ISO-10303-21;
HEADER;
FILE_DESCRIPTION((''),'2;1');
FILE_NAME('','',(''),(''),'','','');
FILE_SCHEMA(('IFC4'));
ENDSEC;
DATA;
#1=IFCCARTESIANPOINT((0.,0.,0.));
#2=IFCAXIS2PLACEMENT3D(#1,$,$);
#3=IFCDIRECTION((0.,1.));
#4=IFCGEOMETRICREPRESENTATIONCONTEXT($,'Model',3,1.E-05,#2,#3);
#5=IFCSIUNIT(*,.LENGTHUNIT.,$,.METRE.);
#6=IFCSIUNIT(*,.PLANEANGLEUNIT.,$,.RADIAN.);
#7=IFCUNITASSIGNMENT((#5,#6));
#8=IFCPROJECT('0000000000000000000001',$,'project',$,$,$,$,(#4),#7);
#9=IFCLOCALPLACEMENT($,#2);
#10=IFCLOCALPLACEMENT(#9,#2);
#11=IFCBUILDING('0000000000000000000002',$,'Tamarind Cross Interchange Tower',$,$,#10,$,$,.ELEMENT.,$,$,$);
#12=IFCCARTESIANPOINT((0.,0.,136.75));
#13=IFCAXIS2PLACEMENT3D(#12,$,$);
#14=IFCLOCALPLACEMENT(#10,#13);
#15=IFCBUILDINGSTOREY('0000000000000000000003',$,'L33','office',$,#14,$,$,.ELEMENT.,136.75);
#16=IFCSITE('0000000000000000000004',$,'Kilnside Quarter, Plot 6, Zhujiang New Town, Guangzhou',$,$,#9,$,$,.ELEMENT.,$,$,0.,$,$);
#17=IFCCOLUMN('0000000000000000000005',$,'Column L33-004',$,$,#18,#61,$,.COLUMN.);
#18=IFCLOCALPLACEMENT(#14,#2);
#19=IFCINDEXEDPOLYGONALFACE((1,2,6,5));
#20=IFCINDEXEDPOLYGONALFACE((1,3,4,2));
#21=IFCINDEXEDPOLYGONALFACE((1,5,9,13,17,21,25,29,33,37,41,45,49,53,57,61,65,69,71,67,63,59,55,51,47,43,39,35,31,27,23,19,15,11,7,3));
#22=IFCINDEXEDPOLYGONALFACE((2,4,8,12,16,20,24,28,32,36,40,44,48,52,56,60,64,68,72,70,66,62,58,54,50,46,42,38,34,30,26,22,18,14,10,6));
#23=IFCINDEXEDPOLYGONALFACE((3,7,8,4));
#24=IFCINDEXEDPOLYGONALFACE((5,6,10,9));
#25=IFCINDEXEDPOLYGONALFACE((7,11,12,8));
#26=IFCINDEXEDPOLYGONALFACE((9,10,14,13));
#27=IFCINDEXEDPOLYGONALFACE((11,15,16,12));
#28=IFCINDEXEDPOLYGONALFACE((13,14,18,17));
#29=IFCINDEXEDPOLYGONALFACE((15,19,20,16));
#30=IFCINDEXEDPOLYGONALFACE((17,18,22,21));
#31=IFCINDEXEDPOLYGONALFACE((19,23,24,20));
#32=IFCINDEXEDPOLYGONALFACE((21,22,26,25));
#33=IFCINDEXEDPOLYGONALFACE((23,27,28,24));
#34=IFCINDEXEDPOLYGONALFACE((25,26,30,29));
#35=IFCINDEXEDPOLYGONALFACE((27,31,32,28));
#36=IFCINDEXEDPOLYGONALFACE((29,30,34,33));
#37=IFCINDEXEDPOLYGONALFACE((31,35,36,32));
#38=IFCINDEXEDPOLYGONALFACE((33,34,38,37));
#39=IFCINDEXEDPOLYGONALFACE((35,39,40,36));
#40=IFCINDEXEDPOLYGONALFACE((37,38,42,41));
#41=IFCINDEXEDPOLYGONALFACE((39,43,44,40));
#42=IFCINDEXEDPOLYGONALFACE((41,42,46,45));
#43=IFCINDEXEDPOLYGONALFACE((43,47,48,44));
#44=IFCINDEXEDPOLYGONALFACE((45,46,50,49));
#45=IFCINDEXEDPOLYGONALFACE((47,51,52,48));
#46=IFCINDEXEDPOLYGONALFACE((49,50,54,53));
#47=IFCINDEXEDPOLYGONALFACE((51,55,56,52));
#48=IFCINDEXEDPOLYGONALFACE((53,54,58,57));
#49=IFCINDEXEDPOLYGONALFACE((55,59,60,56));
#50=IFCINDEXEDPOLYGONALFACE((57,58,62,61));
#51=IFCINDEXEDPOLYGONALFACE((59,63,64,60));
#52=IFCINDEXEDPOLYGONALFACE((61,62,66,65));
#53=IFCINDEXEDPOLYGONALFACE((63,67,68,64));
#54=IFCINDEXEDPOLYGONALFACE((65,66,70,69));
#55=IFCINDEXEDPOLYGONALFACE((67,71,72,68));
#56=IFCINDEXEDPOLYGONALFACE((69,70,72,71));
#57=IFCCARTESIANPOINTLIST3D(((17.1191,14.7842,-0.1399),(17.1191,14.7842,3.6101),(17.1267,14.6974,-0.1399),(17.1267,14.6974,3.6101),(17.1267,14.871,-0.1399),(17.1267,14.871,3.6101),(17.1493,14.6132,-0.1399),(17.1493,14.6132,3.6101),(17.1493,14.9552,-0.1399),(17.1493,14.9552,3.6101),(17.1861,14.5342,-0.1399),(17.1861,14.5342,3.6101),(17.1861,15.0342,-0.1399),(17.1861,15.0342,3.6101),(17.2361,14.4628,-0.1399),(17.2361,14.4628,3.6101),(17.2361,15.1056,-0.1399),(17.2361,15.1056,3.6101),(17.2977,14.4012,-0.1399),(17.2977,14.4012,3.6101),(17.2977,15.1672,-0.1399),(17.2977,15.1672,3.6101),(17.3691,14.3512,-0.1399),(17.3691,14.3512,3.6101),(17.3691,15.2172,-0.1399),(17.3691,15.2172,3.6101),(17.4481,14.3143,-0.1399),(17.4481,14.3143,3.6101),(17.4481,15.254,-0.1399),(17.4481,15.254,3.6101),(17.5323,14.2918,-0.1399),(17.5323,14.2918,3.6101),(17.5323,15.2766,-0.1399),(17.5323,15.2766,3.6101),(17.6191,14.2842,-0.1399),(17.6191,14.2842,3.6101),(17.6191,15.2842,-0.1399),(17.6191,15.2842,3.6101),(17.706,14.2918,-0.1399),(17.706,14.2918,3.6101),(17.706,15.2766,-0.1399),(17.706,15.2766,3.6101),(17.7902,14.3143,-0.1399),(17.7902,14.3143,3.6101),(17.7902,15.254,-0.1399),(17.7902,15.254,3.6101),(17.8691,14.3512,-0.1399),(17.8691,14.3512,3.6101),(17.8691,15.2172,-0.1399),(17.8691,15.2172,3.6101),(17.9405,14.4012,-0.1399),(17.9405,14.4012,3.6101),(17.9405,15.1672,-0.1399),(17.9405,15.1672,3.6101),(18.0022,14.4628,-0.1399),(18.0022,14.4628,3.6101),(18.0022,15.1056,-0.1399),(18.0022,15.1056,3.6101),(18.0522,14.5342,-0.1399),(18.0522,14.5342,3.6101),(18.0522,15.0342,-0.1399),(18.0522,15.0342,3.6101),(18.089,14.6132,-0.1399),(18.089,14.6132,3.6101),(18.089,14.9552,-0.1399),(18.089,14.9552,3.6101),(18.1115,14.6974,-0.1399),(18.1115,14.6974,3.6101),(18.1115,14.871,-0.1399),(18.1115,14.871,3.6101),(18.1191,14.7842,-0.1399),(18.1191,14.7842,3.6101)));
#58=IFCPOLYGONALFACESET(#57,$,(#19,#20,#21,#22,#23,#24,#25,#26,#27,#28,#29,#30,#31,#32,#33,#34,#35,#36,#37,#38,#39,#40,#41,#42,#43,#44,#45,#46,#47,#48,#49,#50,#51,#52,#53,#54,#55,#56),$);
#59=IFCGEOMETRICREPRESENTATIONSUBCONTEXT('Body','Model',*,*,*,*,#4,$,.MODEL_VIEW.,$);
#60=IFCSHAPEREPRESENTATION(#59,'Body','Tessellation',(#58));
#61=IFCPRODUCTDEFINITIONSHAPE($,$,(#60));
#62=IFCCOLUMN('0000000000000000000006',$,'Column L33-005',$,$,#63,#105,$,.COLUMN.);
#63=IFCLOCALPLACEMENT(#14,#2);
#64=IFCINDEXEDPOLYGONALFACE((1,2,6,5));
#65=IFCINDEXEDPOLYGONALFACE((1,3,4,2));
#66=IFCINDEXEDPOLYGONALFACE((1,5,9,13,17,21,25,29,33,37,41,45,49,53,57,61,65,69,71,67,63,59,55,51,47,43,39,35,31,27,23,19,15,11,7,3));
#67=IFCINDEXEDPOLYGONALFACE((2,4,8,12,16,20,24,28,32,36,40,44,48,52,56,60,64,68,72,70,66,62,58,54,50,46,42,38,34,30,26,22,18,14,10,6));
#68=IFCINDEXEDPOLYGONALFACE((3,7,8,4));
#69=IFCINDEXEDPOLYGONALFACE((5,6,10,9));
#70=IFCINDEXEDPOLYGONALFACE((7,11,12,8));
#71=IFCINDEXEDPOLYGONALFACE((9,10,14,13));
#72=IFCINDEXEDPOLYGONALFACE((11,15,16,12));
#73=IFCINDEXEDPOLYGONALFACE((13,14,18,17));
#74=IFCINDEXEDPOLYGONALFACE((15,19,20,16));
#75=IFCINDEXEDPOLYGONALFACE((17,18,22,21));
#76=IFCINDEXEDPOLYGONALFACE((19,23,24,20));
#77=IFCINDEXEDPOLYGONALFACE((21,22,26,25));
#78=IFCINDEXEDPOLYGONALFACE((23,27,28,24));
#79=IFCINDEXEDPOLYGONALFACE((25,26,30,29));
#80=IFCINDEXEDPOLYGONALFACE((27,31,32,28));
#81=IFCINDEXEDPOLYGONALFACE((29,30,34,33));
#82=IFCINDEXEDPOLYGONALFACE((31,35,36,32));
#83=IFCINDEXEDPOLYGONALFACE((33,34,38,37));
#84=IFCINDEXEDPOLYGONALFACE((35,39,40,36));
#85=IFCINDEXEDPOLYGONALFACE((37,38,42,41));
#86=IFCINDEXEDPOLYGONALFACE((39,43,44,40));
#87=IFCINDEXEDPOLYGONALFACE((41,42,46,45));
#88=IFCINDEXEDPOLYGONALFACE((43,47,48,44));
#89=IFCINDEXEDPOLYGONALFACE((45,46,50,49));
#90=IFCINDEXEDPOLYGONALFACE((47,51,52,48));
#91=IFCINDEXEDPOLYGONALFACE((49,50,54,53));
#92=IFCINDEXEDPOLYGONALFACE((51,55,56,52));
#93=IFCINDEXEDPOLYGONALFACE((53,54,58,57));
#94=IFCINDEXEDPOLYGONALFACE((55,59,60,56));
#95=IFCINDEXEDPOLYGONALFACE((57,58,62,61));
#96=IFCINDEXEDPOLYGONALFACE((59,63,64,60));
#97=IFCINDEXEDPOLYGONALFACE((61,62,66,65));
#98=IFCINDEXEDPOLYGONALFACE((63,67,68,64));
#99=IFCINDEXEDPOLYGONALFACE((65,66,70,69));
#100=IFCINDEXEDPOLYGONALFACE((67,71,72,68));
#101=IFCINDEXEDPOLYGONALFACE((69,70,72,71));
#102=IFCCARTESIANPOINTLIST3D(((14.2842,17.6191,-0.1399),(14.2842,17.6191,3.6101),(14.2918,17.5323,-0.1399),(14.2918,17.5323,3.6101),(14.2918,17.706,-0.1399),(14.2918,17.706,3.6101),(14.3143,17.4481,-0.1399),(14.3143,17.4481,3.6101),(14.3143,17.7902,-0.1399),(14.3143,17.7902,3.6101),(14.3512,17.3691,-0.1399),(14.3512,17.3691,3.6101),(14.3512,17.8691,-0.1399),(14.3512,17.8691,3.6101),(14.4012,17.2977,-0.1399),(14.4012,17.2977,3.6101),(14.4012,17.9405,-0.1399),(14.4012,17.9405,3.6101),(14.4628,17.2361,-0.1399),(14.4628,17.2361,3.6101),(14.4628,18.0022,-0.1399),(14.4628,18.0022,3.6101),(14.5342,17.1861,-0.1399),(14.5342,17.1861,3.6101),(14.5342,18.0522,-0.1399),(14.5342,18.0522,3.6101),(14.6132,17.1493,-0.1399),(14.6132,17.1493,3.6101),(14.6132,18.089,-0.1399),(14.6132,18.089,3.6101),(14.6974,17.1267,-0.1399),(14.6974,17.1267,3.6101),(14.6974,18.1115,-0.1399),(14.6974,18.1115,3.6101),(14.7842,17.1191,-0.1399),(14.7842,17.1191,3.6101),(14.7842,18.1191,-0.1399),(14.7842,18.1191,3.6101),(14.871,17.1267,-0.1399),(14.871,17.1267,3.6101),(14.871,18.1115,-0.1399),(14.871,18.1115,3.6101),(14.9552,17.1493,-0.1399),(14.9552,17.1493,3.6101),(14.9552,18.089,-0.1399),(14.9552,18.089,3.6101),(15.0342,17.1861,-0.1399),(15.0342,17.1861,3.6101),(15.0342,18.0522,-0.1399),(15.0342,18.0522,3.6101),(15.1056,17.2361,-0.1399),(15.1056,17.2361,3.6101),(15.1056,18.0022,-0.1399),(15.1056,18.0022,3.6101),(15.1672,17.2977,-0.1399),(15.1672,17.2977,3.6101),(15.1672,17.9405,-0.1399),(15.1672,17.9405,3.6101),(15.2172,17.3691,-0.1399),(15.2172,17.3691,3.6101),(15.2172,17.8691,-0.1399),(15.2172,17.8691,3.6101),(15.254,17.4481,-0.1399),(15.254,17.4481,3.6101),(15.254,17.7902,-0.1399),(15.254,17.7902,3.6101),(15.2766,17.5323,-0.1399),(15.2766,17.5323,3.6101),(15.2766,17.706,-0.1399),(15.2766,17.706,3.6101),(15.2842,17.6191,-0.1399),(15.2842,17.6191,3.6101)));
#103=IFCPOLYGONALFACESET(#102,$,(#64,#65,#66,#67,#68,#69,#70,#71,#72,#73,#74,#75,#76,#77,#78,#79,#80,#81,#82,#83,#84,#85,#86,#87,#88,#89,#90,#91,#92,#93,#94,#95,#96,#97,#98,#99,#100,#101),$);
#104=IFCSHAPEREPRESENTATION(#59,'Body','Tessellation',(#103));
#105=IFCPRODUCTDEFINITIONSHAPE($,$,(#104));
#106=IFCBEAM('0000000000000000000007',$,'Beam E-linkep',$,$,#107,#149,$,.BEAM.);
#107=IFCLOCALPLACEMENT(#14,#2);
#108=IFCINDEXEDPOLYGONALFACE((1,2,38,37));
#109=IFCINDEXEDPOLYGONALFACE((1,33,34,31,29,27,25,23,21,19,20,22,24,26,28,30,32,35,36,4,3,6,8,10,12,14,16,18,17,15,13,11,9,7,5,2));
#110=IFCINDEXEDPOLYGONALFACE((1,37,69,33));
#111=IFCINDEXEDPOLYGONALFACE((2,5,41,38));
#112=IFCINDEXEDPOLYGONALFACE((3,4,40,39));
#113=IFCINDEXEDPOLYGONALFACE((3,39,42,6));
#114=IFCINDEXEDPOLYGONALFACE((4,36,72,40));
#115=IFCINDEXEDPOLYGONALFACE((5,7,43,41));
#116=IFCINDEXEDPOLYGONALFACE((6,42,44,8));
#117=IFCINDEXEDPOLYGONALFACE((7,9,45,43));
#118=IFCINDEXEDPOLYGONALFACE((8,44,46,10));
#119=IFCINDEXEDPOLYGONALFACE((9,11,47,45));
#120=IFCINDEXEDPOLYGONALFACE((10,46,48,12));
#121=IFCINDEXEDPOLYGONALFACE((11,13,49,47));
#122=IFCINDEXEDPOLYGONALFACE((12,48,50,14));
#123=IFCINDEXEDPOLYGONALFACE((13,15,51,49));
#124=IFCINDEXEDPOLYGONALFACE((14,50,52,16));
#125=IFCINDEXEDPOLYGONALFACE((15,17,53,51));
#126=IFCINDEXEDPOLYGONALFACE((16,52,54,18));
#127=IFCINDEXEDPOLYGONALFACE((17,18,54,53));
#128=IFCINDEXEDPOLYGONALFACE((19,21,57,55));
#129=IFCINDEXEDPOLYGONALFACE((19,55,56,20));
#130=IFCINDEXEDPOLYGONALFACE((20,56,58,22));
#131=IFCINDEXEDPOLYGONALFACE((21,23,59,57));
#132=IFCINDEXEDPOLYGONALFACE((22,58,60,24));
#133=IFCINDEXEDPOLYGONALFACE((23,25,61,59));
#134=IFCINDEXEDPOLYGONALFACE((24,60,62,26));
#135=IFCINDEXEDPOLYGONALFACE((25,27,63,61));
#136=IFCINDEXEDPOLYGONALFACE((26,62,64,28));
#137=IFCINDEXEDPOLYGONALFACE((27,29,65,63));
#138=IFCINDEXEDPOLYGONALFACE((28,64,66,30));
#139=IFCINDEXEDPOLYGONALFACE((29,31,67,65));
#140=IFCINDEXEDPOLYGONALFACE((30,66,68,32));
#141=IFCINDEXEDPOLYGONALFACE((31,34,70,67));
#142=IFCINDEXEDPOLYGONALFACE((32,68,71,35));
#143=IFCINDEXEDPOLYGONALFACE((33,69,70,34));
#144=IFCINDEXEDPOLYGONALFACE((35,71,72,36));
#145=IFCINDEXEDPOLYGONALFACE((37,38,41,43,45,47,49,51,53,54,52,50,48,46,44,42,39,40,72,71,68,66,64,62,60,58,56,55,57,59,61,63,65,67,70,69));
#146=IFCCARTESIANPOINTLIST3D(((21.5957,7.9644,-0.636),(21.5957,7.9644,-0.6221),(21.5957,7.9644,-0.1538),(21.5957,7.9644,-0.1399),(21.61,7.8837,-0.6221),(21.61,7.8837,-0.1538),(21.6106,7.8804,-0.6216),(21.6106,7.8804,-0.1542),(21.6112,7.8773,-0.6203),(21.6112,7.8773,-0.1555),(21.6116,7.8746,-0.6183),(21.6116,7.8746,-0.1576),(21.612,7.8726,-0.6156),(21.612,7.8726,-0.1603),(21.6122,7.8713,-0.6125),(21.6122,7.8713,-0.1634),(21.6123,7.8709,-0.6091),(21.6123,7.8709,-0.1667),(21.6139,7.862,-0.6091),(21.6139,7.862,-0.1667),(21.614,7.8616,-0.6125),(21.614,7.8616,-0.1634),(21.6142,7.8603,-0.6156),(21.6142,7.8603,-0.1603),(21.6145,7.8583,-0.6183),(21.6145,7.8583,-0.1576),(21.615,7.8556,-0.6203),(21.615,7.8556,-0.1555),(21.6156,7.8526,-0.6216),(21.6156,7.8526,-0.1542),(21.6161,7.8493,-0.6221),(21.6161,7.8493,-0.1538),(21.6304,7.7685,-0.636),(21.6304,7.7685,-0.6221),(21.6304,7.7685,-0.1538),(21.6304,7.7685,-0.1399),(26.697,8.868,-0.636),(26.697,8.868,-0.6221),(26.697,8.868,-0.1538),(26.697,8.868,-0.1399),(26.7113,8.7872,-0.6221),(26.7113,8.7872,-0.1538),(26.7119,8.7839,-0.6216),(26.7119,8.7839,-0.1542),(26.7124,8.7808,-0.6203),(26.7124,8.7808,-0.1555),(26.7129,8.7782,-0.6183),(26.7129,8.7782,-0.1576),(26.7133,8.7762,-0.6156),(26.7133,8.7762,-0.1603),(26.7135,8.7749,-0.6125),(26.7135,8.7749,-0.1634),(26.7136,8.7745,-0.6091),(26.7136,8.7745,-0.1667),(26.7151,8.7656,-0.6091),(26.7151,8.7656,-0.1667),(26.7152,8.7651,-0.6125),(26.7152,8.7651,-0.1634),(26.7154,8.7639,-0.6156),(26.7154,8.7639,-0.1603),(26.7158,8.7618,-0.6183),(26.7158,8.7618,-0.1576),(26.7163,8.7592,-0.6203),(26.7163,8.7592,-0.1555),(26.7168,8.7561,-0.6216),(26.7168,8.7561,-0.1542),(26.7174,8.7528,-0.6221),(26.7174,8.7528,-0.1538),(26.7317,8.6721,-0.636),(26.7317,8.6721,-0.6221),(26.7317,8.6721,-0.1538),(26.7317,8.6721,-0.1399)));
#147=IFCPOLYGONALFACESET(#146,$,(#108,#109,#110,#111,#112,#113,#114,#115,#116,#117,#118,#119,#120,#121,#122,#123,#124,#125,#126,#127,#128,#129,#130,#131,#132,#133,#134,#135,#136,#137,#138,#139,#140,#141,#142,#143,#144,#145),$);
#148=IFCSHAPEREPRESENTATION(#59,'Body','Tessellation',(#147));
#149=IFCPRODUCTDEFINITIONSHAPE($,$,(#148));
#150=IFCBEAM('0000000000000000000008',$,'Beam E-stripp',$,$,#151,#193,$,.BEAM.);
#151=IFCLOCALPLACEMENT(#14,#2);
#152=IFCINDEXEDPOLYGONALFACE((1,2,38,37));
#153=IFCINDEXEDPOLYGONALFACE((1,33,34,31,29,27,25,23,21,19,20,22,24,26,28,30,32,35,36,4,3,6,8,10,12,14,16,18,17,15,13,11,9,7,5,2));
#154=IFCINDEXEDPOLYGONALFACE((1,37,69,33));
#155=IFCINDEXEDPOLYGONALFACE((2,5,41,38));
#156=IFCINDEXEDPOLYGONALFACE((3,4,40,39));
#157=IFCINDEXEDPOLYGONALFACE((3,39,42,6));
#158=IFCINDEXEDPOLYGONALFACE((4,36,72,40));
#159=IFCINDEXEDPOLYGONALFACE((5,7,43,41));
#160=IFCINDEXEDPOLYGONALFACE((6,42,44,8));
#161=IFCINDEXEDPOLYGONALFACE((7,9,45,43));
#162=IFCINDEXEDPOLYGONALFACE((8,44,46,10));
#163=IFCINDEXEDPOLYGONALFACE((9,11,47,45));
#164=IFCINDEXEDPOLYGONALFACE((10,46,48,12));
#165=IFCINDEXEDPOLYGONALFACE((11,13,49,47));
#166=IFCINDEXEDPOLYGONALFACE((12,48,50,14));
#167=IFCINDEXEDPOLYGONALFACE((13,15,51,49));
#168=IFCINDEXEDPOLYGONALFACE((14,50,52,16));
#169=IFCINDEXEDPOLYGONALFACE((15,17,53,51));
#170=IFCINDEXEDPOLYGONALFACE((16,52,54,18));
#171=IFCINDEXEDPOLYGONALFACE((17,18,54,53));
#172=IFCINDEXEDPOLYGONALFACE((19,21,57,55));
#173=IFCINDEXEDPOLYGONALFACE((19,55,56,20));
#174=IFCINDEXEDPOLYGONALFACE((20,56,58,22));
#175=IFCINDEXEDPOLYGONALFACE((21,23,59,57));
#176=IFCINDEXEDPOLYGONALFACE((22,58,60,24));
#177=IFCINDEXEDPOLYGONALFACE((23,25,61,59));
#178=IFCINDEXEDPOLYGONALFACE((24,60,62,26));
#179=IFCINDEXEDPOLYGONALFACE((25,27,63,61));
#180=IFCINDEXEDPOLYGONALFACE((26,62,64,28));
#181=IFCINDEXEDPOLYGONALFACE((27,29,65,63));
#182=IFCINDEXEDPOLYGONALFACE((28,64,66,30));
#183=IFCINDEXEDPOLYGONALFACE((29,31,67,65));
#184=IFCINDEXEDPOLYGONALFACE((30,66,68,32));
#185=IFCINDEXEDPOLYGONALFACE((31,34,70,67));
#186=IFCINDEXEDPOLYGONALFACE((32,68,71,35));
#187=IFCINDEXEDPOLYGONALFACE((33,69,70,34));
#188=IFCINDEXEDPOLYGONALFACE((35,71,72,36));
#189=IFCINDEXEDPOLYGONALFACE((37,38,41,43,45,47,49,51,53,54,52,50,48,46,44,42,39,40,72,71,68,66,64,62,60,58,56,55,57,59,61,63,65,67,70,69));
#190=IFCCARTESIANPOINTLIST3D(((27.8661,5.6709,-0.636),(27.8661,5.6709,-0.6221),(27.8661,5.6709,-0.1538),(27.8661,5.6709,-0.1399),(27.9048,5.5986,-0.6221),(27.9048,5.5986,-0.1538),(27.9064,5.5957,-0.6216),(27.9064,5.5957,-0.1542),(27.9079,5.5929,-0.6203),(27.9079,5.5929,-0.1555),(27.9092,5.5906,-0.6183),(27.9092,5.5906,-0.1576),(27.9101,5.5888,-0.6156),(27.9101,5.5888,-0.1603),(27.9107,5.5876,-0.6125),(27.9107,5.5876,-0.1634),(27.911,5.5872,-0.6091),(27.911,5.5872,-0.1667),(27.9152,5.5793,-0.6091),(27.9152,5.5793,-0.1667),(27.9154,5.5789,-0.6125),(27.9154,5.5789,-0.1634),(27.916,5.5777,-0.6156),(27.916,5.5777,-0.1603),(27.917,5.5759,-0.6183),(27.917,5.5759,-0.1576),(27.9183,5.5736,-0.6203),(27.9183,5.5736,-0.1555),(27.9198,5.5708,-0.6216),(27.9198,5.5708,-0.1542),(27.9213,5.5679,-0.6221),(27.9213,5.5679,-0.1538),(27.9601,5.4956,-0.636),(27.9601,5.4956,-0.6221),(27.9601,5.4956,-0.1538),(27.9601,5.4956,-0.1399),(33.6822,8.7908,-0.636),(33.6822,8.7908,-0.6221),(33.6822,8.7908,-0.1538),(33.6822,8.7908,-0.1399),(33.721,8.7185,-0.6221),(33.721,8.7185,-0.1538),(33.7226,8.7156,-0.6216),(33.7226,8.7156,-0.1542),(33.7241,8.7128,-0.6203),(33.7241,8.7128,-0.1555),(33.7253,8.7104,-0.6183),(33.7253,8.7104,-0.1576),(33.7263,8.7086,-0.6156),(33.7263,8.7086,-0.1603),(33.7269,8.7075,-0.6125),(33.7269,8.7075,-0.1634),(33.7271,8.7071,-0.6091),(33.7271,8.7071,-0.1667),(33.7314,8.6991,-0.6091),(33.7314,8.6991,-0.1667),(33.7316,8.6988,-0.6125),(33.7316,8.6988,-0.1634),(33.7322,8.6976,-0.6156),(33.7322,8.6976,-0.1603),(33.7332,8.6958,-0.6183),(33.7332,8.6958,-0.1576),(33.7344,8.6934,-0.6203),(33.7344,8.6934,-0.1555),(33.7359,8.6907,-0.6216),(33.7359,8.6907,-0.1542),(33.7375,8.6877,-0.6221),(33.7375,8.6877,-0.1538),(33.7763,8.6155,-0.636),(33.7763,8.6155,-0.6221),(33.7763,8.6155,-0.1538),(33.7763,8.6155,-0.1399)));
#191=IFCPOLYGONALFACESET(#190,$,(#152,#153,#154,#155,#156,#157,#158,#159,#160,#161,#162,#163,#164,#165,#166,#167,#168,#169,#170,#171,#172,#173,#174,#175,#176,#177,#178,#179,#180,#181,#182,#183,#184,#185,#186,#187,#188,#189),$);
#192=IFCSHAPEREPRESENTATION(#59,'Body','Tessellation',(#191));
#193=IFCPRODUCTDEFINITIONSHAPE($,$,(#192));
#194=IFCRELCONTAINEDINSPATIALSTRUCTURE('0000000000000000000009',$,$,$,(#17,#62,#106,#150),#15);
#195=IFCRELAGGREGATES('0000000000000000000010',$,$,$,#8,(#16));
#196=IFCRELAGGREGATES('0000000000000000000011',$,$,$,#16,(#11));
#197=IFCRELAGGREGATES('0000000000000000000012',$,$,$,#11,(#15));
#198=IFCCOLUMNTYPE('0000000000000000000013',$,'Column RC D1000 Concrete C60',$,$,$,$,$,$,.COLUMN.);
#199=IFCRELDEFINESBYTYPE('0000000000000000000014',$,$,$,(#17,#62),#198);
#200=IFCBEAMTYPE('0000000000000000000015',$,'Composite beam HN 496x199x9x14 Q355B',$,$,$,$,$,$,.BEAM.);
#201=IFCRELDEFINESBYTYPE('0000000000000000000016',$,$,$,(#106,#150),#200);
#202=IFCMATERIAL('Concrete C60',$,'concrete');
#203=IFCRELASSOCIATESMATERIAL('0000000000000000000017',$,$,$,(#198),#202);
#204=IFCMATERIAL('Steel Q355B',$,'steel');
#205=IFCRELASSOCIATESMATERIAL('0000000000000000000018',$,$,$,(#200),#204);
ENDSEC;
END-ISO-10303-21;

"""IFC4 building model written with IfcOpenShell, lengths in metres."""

from ifc_helpers import new_model, si_unit, direction, frame, origin, origin_2d, place, context, subcontext, project, spatial, circle, i_section, extrude, material, material_profile, profile_set, type_object, element, save


model = new_model("IFC4")

# Units and contexts
model_context = context("Model", 3, precision=1e-05, world=origin(), true_north=direction((0.0, 1.0)))
body_context = subcontext(model_context, "Body", "Model", "MODEL_VIEW")
ifc_project = project(units=[si_unit("LENGTHUNIT", "METRE"), si_unit("PLANEANGLEUNIT", "RADIAN")], contexts=[model_context])

# Site, building, storey
site_placement = place(None, origin())
site = spatial("IfcSite", under=ifc_project, at=site_placement, Name="Kilnside Quarter, Plot 6, Zhujiang New Town, Guangzhou", CompositionType="ELEMENT", RefElevation=0.0)
building_placement = place(site_placement, origin())
building = spatial("IfcBuilding", under=site, at=building_placement, Name="Tamarind Cross Interchange Tower", CompositionType="ELEMENT")
storey_placement = place(building_placement, frame((0.0, 0.0, 136.75)))
storey = spatial("IfcBuildingStorey", under=building, at=storey_placement, Name="L33", Description="office", CompositionType="ELEMENT", Elevation=136.75)

# Columns
ifc_material_1 = material(Name="Concrete C60", Category="concrete")
ifc_material_profile_1 = material_profile(ifc_material_1, circle(Radius=0.5, at=origin_2d()), Name="RC D1000")
ifc_profile_set_1 = profile_set([ifc_material_profile_1], Name="Concrete C60")
column_type_1 = type_object("IfcColumnType", Name="Column RC D1000 Concrete C60", PredefinedType="COLUMN", material=ifc_profile_set_1)
for number, where, z_axis, x_axis, name in (
    (1, (17.6191, 14.7842, -0.1399), (0.0, 0.0, 1.0), (1.0, 0.0, 0.0), "Column L33-004"),
    (2, (14.7842, 17.6191, -0.1399), (0.0, 0.0, 1.0), (1.0, 0.0, 0.0), "Column L33-005"),
):
    element("IfcColumn", number, at=place(storey_placement, frame(where, z_axis=z_axis, x_axis=x_axis)), inside=storey, type_object=column_type_1, Name=name, PredefinedType="COLUMN", context=body_context, shape_type="SweptSolid", body=[
        extrude(circle(Radius=0.5, at=origin_2d()), origin(), (0.0, 0.0, 1.0), 3.75),
    ])

# Beams
ifc_material_2 = material(Name="Steel Q355B", Category="steel")
ifc_material_profile_2 = material_profile(ifc_material_2, i_section(OverallWidth=0.199, OverallDepth=0.4961, WebThickness=0.009, FlangeThickness=0.0139, FilletRadius=0.0129, at=origin_2d()), Name="HN 496x199x9x14")
ifc_profile_set_2 = profile_set([ifc_material_profile_2], Name="Steel Q355B")
beam_type_1 = type_object("IfcBeamType", Name="Composite beam HN 496x199x9x14 Q355B", PredefinedType="BEAM", material=ifc_profile_set_2)
beam_1_placement = place(storey_placement, frame((26.7144, 8.77, -0.3879), z_axis=(-0.984673, -0.174409, 0.0), x_axis=(0.174409, -0.984673, 0.0)))
element("IfcBeam", 3, at=beam_1_placement, inside=storey, type_object=beam_type_1, Name="Beam E-linkep", PredefinedType="BEAM", context=body_context, shape_type="SweptSolid", body=[
    extrude(i_section(OverallWidth=0.199, OverallDepth=0.4961, WebThickness=0.009, FlangeThickness=0.0139, FilletRadius=0.0129, at=origin_2d()), origin(), (0.0, 0.0, 1.0), 5.1807),
])
beam_2_placement = place(storey_placement, frame((27.9131, 5.5833, -0.3879), z_axis=(0.881223, 0.472701, 0.0), x_axis=(-0.472701, 0.881223, 0.0)))
element("IfcBeam", 4, at=beam_2_placement, inside=storey, type_object=beam_type_1, Name="Beam E-stripp", PredefinedType="BEAM", context=body_context, shape_type="SweptSolid", body=[
    extrude(i_section(OverallWidth=0.199, OverallDepth=0.4961, WebThickness=0.009, FlangeThickness=0.0139, FilletRadius=0.0129, at=origin_2d()), origin(), (0.0, 0.0, 1.0), 6.6001),
])

save(model, "model.ifc")
